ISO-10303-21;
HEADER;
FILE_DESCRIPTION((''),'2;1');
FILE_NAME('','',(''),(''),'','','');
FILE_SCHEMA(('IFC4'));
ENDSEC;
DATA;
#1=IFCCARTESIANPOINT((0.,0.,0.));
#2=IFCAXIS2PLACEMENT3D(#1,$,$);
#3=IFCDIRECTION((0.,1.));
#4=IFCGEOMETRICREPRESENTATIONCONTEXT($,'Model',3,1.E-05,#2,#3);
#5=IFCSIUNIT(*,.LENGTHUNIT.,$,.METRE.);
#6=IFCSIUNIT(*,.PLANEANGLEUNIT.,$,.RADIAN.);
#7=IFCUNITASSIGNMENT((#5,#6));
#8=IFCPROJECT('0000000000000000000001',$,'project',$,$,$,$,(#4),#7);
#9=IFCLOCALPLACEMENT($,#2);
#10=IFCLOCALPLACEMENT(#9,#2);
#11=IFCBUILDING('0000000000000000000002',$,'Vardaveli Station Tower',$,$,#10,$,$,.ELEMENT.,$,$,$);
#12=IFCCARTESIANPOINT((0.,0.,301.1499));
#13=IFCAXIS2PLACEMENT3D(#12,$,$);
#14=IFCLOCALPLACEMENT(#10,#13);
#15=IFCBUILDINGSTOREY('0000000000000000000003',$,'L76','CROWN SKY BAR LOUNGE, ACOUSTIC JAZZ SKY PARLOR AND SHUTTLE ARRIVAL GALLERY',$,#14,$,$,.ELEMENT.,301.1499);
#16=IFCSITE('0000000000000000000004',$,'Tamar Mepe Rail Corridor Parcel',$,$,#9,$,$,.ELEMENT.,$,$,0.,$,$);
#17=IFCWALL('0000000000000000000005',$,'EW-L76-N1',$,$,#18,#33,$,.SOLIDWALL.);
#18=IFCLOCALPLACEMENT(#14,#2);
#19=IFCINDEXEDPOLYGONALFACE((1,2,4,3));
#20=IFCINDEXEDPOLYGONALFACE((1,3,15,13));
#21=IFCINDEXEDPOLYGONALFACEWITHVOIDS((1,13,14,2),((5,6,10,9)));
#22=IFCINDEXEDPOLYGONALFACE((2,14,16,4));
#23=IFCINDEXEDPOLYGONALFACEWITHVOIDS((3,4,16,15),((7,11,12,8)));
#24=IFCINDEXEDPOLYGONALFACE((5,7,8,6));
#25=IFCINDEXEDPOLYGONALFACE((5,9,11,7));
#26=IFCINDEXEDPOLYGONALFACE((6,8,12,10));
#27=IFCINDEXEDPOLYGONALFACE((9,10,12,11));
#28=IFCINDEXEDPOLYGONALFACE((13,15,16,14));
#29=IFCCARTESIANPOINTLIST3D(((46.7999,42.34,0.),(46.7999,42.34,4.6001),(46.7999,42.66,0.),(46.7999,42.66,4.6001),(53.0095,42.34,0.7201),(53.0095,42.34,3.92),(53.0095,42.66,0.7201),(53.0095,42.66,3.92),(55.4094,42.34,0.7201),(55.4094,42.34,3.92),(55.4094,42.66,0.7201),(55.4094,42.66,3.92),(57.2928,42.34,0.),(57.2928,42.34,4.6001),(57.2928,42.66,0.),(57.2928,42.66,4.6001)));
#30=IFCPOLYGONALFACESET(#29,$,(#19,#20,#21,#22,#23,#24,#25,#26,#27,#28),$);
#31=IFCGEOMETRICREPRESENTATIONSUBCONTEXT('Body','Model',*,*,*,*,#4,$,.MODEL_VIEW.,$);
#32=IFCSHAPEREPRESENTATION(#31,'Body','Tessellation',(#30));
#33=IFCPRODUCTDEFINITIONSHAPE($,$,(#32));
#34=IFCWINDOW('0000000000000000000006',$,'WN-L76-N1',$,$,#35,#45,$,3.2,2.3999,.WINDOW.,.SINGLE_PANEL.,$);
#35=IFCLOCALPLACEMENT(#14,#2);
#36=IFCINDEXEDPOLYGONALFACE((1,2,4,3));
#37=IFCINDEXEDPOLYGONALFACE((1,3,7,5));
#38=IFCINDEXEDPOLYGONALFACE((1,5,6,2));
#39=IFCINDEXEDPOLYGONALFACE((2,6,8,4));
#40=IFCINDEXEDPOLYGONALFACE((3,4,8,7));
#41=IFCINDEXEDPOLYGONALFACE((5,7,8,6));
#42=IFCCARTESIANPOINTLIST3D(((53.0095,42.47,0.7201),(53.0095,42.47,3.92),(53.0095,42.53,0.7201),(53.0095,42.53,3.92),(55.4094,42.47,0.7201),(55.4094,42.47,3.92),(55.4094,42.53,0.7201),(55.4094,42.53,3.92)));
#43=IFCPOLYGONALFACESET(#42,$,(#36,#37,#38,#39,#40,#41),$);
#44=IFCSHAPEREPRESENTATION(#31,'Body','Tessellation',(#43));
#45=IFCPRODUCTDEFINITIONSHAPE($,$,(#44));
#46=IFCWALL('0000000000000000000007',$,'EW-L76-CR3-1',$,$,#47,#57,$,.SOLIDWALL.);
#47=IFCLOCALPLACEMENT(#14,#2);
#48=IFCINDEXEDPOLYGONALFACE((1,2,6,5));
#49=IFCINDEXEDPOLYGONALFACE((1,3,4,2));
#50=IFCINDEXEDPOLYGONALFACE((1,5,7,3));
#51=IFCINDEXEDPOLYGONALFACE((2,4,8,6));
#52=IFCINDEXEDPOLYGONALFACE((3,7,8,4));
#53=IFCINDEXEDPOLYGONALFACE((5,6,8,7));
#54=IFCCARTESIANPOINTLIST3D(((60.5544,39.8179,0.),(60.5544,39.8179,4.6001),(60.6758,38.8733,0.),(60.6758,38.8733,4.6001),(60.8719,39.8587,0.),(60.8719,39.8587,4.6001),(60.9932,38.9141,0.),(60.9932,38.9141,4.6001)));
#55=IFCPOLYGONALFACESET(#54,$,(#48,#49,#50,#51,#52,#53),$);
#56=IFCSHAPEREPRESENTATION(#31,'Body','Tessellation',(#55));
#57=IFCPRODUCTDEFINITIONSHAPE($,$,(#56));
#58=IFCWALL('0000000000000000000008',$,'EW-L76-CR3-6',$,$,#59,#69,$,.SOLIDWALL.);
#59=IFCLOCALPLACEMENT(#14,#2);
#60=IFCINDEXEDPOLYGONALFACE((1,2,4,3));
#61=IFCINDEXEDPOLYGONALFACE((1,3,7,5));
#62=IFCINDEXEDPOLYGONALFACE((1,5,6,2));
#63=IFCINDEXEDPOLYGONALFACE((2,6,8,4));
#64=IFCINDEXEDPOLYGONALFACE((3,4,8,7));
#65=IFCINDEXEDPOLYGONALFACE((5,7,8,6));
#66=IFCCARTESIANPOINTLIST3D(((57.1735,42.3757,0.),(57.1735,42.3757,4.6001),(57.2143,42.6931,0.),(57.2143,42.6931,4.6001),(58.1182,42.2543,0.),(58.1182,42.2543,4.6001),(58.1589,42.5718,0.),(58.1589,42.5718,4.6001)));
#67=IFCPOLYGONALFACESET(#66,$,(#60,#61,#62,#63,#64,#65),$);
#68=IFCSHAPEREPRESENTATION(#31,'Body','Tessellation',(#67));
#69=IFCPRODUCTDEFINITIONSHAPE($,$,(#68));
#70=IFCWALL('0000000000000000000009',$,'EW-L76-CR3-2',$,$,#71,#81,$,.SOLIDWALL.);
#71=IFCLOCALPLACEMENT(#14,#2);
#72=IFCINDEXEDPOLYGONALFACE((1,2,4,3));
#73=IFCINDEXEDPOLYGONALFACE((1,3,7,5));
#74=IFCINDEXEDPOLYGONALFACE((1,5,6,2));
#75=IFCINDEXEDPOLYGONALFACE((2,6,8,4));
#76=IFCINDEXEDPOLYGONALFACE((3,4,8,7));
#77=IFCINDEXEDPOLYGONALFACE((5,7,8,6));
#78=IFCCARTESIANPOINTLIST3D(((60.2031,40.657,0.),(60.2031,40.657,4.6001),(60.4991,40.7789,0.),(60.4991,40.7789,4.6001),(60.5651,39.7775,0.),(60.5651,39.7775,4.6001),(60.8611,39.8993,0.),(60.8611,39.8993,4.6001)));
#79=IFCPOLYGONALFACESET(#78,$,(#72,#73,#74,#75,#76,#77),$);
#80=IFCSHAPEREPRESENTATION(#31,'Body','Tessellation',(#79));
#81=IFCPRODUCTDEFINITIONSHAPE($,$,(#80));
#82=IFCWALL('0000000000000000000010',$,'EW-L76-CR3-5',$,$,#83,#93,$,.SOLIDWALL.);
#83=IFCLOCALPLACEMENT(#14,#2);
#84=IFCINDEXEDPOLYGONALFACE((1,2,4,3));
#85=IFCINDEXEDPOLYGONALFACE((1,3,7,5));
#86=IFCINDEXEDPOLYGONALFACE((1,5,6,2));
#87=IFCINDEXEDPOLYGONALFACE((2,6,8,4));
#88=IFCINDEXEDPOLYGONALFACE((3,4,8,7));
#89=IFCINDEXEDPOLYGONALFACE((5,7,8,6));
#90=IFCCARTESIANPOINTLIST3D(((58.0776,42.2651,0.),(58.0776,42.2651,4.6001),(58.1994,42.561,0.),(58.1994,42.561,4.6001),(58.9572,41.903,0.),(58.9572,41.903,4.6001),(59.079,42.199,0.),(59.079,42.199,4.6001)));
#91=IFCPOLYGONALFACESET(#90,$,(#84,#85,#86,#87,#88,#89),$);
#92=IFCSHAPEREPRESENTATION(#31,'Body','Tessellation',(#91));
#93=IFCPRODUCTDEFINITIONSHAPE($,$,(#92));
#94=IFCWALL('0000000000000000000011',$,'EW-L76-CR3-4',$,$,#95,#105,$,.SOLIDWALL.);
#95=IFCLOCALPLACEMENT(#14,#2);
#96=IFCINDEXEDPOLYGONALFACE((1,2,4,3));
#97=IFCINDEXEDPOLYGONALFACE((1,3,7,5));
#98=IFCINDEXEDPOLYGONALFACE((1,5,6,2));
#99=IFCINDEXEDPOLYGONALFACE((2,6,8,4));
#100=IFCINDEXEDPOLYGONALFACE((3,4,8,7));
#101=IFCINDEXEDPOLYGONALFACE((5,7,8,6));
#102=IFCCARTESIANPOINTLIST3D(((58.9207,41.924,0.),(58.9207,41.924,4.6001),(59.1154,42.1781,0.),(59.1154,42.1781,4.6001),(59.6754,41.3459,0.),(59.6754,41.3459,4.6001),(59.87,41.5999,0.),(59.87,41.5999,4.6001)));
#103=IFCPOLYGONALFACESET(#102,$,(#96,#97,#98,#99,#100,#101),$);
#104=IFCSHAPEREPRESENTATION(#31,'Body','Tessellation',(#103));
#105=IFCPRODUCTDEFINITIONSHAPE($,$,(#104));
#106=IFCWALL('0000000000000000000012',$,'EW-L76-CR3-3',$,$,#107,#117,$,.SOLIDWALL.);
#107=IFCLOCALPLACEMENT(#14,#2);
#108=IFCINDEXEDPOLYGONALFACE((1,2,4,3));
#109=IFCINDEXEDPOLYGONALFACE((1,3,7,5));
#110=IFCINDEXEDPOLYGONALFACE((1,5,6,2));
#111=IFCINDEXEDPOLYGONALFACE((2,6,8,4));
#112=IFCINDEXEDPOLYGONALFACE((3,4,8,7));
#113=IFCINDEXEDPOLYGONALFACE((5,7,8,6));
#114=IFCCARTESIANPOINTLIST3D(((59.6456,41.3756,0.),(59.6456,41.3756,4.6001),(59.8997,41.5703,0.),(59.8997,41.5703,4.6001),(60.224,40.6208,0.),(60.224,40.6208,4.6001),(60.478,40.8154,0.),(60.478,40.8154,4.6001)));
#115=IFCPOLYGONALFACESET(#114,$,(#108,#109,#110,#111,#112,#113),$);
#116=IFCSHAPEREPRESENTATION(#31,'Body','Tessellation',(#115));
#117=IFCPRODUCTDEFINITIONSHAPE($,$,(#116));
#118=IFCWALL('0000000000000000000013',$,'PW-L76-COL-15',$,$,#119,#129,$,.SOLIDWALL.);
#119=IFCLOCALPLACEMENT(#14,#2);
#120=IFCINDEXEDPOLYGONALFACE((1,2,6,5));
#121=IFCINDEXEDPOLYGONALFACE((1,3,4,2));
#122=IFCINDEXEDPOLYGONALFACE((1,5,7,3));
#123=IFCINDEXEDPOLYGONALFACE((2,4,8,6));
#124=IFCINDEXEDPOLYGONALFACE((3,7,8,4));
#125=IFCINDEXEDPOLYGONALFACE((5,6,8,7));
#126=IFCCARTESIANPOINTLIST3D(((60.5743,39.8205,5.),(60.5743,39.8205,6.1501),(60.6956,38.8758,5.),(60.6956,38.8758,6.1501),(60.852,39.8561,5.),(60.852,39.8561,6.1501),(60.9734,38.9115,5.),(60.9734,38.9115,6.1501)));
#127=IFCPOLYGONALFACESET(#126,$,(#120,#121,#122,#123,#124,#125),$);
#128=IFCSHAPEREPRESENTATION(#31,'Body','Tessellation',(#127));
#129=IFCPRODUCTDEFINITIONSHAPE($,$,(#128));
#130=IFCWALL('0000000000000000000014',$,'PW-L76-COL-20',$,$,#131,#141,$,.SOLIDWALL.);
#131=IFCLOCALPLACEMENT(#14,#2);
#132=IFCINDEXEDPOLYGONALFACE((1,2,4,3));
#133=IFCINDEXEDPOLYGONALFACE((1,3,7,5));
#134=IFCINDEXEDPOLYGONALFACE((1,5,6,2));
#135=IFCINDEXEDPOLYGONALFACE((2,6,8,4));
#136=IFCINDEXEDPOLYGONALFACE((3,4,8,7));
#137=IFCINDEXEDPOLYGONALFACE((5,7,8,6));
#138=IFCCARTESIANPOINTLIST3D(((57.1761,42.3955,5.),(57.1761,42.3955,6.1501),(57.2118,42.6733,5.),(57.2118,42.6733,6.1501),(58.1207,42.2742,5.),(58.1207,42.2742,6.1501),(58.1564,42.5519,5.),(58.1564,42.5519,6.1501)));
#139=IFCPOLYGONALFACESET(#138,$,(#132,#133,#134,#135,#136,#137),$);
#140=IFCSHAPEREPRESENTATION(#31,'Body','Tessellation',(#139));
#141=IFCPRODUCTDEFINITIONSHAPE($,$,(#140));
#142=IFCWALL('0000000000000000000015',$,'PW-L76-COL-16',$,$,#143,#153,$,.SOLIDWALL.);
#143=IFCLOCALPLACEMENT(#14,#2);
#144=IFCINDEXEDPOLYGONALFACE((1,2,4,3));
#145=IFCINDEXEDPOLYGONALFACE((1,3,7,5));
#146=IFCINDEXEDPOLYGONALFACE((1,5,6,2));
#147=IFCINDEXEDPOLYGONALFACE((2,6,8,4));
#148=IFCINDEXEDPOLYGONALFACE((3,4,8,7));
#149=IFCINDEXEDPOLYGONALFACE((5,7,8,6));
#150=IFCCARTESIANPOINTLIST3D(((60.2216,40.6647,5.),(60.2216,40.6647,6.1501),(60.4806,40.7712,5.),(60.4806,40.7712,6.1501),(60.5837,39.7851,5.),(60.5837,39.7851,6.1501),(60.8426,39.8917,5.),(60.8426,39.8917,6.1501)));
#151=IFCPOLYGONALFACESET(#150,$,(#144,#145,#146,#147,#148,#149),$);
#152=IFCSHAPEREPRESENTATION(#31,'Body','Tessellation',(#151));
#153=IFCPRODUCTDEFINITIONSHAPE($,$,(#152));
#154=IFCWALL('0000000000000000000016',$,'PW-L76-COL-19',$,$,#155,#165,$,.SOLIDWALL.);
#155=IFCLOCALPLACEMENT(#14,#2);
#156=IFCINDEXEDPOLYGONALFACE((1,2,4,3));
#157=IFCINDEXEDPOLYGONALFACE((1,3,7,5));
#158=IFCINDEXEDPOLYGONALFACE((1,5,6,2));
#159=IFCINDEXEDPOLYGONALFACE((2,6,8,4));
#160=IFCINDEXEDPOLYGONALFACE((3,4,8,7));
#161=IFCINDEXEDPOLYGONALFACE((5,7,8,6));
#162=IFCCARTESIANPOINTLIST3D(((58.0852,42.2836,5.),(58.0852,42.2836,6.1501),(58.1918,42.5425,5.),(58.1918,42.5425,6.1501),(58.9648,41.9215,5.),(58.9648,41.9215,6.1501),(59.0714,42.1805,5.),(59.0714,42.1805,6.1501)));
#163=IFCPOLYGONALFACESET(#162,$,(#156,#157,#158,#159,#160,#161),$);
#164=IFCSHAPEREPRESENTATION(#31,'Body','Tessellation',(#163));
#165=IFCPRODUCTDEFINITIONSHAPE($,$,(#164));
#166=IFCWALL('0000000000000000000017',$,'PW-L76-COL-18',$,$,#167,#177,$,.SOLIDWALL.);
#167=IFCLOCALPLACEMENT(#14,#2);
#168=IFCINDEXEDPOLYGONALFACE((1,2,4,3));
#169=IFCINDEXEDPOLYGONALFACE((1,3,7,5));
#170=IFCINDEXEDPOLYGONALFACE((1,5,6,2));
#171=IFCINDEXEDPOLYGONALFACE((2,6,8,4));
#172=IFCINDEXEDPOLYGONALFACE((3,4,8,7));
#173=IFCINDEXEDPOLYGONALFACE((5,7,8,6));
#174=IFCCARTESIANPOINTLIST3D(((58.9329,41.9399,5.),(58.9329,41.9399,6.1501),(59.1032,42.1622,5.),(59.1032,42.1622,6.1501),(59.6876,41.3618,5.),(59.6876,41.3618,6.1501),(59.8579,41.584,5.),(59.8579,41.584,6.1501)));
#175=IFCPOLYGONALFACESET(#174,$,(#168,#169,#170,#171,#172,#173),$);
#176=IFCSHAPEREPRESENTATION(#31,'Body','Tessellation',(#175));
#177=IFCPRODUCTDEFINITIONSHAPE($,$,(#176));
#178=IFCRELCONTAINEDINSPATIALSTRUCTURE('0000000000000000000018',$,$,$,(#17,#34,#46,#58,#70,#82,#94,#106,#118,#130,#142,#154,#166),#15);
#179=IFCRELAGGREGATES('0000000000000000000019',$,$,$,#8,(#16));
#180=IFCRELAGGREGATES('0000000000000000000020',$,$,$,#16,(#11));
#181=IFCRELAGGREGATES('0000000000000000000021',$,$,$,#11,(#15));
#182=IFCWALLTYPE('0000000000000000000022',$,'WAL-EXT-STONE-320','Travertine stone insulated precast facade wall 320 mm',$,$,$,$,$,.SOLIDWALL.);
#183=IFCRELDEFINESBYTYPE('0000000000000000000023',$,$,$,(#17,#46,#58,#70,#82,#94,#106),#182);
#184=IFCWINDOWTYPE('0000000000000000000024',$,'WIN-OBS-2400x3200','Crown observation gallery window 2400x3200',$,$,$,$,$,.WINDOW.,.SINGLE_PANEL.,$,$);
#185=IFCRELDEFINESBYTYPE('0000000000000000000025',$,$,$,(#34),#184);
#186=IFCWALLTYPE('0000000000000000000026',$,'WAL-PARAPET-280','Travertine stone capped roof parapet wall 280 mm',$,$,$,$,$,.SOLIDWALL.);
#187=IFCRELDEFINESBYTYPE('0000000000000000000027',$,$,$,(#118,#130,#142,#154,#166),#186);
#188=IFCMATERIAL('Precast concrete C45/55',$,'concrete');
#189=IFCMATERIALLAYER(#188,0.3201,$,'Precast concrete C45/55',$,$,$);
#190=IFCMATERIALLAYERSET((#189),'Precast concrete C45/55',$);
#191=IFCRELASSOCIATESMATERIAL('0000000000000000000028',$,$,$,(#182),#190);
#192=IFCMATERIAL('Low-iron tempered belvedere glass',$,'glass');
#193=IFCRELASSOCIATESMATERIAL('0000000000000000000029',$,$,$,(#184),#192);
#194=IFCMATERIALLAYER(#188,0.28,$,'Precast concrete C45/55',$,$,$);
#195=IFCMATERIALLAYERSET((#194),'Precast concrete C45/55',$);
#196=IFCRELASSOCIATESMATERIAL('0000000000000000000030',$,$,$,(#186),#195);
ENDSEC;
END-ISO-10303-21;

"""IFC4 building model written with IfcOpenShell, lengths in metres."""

from ifc_helpers import new_model, si_unit, direction, frame, frame_2d, origin, place, context, subcontext, project, spatial, rectangle, extrude, source, transform, mapped, material, layer, layer_set, type_object, element, fill, save


model = new_model("IFC4")

# Units and contexts
model_context = context("Model", 3, precision=1e-05, world=origin(), true_north=direction((0.0, 1.0)))
body_context = subcontext(model_context, "Body", "Model", "MODEL_VIEW")
ifc_project = project(units=[si_unit("LENGTHUNIT", "METRE"), si_unit("PLANEANGLEUNIT", "RADIAN")], contexts=[model_context])

# Site, building, storey
site_placement = place(None, origin())
site = spatial("IfcSite", under=ifc_project, at=site_placement, Name="Tamar Mepe Rail Corridor Parcel", CompositionType="ELEMENT", RefElevation=0.0)
building_placement = place(site_placement, origin())
building = spatial("IfcBuilding", under=site, at=building_placement, Name="Vardaveli Station Tower", CompositionType="ELEMENT")
storey_placement = place(building_placement, frame((0.0, 0.0, 301.1499)))
storey = spatial("IfcBuildingStorey", under=building, at=storey_placement, Name="L76", Description="CROWN SKY BAR LOUNGE, ACOUSTIC JAZZ SKY PARLOR AND SHUTTLE ARRIVAL GALLERY", CompositionType="ELEMENT", Elevation=301.1499)

# Shared definitions
ifc_material_1 = material(Name="Precast concrete C45/55", Category="concrete")

# Wall, opening, window
ifc_layer_1 = layer(ifc_material_1, 0.3201, Name="Precast concrete C45/55")
ifc_layer_set_1 = layer_set([ifc_layer_1], Name="Precast concrete C45/55")
wall_type_1 = type_object("IfcWallType", Name="WAL-EXT-STONE-320", Description="Travertine stone insulated precast facade wall 320 mm", PredefinedType="SOLIDWALL", material=ifc_layer_set_1)
shared_shape_1 = source(origin(), body_context, "Body", "SweptSolid", [
    extrude(rectangle(XDim=10.4929, YDim=0.3201, at=frame_2d((5.2466, 0.0))), origin(), (0.0, 0.0, 1.0), 4.6001),
])
wall_1_placement = place(storey_placement, frame((57.293, 42.5, 0.0), z_axis=(0.0, 0.0, 1.0), x_axis=(-1.0, 0.0, 0.0)))
wall_1 = element("IfcWall", 1, at=wall_1_placement, inside=storey, type_object=wall_type_1, Name="EW-L76-N1", PredefinedType="SOLIDWALL", context=body_context, shape_type="MappedRepresentation", body=[
    mapped(shared_shape_1, transform((0.0, 0.0, 0.0), scale=1.0)),
])
shared_shape_2 = source(origin(), body_context, "Body", "SweptSolid", [
    extrude(rectangle(XDim=2.3999, YDim=3.2, at=frame_2d((1.2, 1.6001))), frame((0.0, 0.1699, 0.0), z_axis=(0.0, -1.0, 0.0), x_axis=(1.0, 0.0, 0.0)), (0.0, 0.0, 1.0), 0.3401),
])
opening_placement = place(wall_1_placement, frame((1.8835, 0.0, 0.72)))
opening = element("IfcOpeningElement", 2, at=opening_placement, cuts=wall_1, PredefinedType="OPENING", context=body_context, shape_type="MappedRepresentation", body=[
    mapped(shared_shape_2, transform((0.0, 0.0, 0.0), scale=1.0)),
])
ifc_material_2 = material(Name="Low-iron tempered belvedere glass", Category="glass")
window_type = type_object("IfcWindowType", Name="WIN-OBS-2400x3200", Description="Crown observation gallery window 2400x3200", PartitioningType="SINGLE_PANEL", PredefinedType="WINDOW", material=ifc_material_2)
shared_shape_3 = source(origin(), body_context, "Body", "SweptSolid", [
    extrude(rectangle(XDim=2.3999, YDim=3.2, at=frame_2d((1.2, 1.6001))), frame((0.0, 0.03, 0.0), z_axis=(0.0, -1.0, 0.0), x_axis=(1.0, 0.0, 0.0)), (0.0, 0.0, 1.0), 0.0601),
])
window_placement = place(opening_placement, origin())
window = element("IfcWindow", 3, at=window_placement, inside=storey, type_object=window_type, Name="WN-L76-N1", OverallHeight=3.2, OverallWidth=2.3999, PartitioningType="SINGLE_PANEL", PredefinedType="WINDOW", context=body_context, shape_type="MappedRepresentation", body=[
    mapped(shared_shape_3, transform((0.0, 0.0, 0.0), scale=1.0)),
])
fill(opening, window)

# Walls
shared_shape_4 = source(origin(), body_context, "Body", "SweptSolid", [
    extrude(rectangle(XDim=0.9524, YDim=0.3201, at=frame_2d((0.4761, 0.0))), origin(), (0.0, 0.0, 1.0), 4.6001),
])
for number, where, z_axis, x_axis, name in (
    (4, (60.8345, 38.8938, 0.0), (0.0, 0.0, 1.0), (-0.12741, 0.99185, 0.0), "EW-L76-CR3-1"),
    (5, (58.1384, 42.4131, 0.0), (0.0, 0.0, 1.0), (-0.99185, 0.12741, 0.0), "EW-L76-CR3-6"),
):
    element("IfcWall", number, at=place(storey_placement, frame(where, z_axis=z_axis, x_axis=x_axis)), inside=storey, type_object=wall_type_1, Name=name, PredefinedType="SOLIDWALL", context=body_context, shape_type="MappedRepresentation", body=[
        mapped(shared_shape_4, transform((0.0, 0.0, 0.0), scale=1.0)),
    ])
shared_shape_5 = source(origin(), body_context, "Body", "SweptSolid", [
    extrude(rectangle(XDim=0.9512, YDim=0.3201, at=frame_2d((0.4756, 0.0))), origin(), (0.0, 0.0, 1.0), 4.6001),
])
for number, where, z_axis, x_axis, name in (
    (6, (60.7131, 39.8384, 0.0), (0.0, 0.0, 1.0), (-0.380621, 0.924731, 0.0), "EW-L76-CR3-2"),
    (7, (59.0181, 42.051, 0.0), (0.0, 0.0, 1.0), (-0.924731, 0.380621, 0.0), "EW-L76-CR3-5"),
):
    element("IfcWall", number, at=place(storey_placement, frame(where, z_axis=z_axis, x_axis=x_axis)), inside=storey, type_object=wall_type_1, Name=name, PredefinedType="SOLIDWALL", context=body_context, shape_type="MappedRepresentation", body=[
        mapped(shared_shape_5, transform((0.0, 0.0, 0.0), scale=1.0)),
    ])
shared_shape_6 = source(origin(), body_context, "Body", "SweptSolid", [
    extrude(rectangle(XDim=0.9507, YDim=0.3201, at=frame_2d((0.4753, 0.0))), origin(), (0.0, 0.0, 1.0), 4.6001),
])
wall_2_placement = place(storey_placement, frame((59.7727, 41.4729, 0.0), z_axis=(0.0, 0.0, 1.0), x_axis=(-0.793825, 0.608146, 0.0)))
element("IfcWall", 8, at=wall_2_placement, inside=storey, type_object=wall_type_1, Name="EW-L76-CR3-4", PredefinedType="SOLIDWALL", context=body_context, shape_type="MappedRepresentation", body=[
    mapped(shared_shape_6, transform((0.0, 0.0, 0.0), scale=1.0)),
])
shared_shape_7 = source(origin(), body_context, "Body", "SweptSolid", [
    extrude(rectangle(XDim=0.9509, YDim=0.3201, at=frame_2d((0.4756, 0.0))), origin(), (0.0, 0.0, 1.0), 4.6001),
])
wall_3_placement = place(storey_placement, frame((60.3511, 40.718, 0.0), z_axis=(0.0, 0.0, 1.0), x_axis=(-0.608184, 0.793796, 0.0)))
element("IfcWall", 9, at=wall_3_placement, inside=storey, type_object=wall_type_1, Name="EW-L76-CR3-3", PredefinedType="SOLIDWALL", context=body_context, shape_type="MappedRepresentation", body=[
    mapped(shared_shape_7, transform((0.0, 0.0, 0.0), scale=1.0)),
])
ifc_layer_2 = layer(ifc_material_1, 0.28, Name="Precast concrete C45/55")
ifc_layer_set_2 = layer_set([ifc_layer_2], Name="Precast concrete C45/55")
wall_type_2 = type_object("IfcWallType", Name="WAL-PARAPET-280", Description="Travertine stone capped roof parapet wall 280 mm", PredefinedType="SOLIDWALL", material=ifc_layer_set_2)
shared_shape_8 = source(origin(), body_context, "Body", "SweptSolid", [
    extrude(rectangle(XDim=0.9524, YDim=0.28, at=frame_2d((0.4761, 0.0))), origin(), (0.0, 0.0, 1.0), 1.1501),
])
for number, where, z_axis, x_axis, name in (
    (10, (60.8345, 38.8938, 5.0), (0.0, 0.0, 1.0), (-0.12741, 0.99185, 0.0), "PW-L76-COL-15"),
    (11, (58.1384, 42.4131, 5.0), (0.0, 0.0, 1.0), (-0.99185, 0.12741, 0.0), "PW-L76-COL-20"),
):
    element("IfcWall", number, at=place(storey_placement, frame(where, z_axis=z_axis, x_axis=x_axis)), inside=storey, type_object=wall_type_2, Name=name, PredefinedType="SOLIDWALL", context=body_context, shape_type="MappedRepresentation", body=[
        mapped(shared_shape_8, transform((0.0, 0.0, 0.0), scale=1.0)),
    ])
shared_shape_9 = source(origin(), body_context, "Body", "SweptSolid", [
    extrude(rectangle(XDim=0.9512, YDim=0.28, at=frame_2d((0.4756, 0.0))), origin(), (0.0, 0.0, 1.0), 1.1501),
])
for number, where, z_axis, x_axis, name in (
    (12, (60.7131, 39.8384, 5.0), (0.0, 0.0, 1.0), (-0.380621, 0.924731, 0.0), "PW-L76-COL-16"),
    (13, (59.0181, 42.051, 5.0), (0.0, 0.0, 1.0), (-0.924731, 0.380621, 0.0), "PW-L76-COL-19"),
):
    element("IfcWall", number, at=place(storey_placement, frame(where, z_axis=z_axis, x_axis=x_axis)), inside=storey, type_object=wall_type_2, Name=name, PredefinedType="SOLIDWALL", context=body_context, shape_type="MappedRepresentation", body=[
        mapped(shared_shape_9, transform((0.0, 0.0, 0.0), scale=1.0)),
    ])
shared_shape_10 = source(origin(), body_context, "Body", "SweptSolid", [
    extrude(rectangle(XDim=0.9507, YDim=0.28, at=frame_2d((0.4753, 0.0))), origin(), (0.0, 0.0, 1.0), 1.1501),
])
wall_4_placement = place(storey_placement, frame((59.7727, 41.4729, 5.0), z_axis=(0.0, 0.0, 1.0), x_axis=(-0.793825, 0.608146, 0.0)))
element("IfcWall", 14, at=wall_4_placement, inside=storey, type_object=wall_type_2, Name="PW-L76-COL-18", PredefinedType="SOLIDWALL", context=body_context, shape_type="MappedRepresentation", body=[
    mapped(shared_shape_10, transform((0.0, 0.0, 0.0), scale=1.0)),
])

save(model, "model.ifc")
